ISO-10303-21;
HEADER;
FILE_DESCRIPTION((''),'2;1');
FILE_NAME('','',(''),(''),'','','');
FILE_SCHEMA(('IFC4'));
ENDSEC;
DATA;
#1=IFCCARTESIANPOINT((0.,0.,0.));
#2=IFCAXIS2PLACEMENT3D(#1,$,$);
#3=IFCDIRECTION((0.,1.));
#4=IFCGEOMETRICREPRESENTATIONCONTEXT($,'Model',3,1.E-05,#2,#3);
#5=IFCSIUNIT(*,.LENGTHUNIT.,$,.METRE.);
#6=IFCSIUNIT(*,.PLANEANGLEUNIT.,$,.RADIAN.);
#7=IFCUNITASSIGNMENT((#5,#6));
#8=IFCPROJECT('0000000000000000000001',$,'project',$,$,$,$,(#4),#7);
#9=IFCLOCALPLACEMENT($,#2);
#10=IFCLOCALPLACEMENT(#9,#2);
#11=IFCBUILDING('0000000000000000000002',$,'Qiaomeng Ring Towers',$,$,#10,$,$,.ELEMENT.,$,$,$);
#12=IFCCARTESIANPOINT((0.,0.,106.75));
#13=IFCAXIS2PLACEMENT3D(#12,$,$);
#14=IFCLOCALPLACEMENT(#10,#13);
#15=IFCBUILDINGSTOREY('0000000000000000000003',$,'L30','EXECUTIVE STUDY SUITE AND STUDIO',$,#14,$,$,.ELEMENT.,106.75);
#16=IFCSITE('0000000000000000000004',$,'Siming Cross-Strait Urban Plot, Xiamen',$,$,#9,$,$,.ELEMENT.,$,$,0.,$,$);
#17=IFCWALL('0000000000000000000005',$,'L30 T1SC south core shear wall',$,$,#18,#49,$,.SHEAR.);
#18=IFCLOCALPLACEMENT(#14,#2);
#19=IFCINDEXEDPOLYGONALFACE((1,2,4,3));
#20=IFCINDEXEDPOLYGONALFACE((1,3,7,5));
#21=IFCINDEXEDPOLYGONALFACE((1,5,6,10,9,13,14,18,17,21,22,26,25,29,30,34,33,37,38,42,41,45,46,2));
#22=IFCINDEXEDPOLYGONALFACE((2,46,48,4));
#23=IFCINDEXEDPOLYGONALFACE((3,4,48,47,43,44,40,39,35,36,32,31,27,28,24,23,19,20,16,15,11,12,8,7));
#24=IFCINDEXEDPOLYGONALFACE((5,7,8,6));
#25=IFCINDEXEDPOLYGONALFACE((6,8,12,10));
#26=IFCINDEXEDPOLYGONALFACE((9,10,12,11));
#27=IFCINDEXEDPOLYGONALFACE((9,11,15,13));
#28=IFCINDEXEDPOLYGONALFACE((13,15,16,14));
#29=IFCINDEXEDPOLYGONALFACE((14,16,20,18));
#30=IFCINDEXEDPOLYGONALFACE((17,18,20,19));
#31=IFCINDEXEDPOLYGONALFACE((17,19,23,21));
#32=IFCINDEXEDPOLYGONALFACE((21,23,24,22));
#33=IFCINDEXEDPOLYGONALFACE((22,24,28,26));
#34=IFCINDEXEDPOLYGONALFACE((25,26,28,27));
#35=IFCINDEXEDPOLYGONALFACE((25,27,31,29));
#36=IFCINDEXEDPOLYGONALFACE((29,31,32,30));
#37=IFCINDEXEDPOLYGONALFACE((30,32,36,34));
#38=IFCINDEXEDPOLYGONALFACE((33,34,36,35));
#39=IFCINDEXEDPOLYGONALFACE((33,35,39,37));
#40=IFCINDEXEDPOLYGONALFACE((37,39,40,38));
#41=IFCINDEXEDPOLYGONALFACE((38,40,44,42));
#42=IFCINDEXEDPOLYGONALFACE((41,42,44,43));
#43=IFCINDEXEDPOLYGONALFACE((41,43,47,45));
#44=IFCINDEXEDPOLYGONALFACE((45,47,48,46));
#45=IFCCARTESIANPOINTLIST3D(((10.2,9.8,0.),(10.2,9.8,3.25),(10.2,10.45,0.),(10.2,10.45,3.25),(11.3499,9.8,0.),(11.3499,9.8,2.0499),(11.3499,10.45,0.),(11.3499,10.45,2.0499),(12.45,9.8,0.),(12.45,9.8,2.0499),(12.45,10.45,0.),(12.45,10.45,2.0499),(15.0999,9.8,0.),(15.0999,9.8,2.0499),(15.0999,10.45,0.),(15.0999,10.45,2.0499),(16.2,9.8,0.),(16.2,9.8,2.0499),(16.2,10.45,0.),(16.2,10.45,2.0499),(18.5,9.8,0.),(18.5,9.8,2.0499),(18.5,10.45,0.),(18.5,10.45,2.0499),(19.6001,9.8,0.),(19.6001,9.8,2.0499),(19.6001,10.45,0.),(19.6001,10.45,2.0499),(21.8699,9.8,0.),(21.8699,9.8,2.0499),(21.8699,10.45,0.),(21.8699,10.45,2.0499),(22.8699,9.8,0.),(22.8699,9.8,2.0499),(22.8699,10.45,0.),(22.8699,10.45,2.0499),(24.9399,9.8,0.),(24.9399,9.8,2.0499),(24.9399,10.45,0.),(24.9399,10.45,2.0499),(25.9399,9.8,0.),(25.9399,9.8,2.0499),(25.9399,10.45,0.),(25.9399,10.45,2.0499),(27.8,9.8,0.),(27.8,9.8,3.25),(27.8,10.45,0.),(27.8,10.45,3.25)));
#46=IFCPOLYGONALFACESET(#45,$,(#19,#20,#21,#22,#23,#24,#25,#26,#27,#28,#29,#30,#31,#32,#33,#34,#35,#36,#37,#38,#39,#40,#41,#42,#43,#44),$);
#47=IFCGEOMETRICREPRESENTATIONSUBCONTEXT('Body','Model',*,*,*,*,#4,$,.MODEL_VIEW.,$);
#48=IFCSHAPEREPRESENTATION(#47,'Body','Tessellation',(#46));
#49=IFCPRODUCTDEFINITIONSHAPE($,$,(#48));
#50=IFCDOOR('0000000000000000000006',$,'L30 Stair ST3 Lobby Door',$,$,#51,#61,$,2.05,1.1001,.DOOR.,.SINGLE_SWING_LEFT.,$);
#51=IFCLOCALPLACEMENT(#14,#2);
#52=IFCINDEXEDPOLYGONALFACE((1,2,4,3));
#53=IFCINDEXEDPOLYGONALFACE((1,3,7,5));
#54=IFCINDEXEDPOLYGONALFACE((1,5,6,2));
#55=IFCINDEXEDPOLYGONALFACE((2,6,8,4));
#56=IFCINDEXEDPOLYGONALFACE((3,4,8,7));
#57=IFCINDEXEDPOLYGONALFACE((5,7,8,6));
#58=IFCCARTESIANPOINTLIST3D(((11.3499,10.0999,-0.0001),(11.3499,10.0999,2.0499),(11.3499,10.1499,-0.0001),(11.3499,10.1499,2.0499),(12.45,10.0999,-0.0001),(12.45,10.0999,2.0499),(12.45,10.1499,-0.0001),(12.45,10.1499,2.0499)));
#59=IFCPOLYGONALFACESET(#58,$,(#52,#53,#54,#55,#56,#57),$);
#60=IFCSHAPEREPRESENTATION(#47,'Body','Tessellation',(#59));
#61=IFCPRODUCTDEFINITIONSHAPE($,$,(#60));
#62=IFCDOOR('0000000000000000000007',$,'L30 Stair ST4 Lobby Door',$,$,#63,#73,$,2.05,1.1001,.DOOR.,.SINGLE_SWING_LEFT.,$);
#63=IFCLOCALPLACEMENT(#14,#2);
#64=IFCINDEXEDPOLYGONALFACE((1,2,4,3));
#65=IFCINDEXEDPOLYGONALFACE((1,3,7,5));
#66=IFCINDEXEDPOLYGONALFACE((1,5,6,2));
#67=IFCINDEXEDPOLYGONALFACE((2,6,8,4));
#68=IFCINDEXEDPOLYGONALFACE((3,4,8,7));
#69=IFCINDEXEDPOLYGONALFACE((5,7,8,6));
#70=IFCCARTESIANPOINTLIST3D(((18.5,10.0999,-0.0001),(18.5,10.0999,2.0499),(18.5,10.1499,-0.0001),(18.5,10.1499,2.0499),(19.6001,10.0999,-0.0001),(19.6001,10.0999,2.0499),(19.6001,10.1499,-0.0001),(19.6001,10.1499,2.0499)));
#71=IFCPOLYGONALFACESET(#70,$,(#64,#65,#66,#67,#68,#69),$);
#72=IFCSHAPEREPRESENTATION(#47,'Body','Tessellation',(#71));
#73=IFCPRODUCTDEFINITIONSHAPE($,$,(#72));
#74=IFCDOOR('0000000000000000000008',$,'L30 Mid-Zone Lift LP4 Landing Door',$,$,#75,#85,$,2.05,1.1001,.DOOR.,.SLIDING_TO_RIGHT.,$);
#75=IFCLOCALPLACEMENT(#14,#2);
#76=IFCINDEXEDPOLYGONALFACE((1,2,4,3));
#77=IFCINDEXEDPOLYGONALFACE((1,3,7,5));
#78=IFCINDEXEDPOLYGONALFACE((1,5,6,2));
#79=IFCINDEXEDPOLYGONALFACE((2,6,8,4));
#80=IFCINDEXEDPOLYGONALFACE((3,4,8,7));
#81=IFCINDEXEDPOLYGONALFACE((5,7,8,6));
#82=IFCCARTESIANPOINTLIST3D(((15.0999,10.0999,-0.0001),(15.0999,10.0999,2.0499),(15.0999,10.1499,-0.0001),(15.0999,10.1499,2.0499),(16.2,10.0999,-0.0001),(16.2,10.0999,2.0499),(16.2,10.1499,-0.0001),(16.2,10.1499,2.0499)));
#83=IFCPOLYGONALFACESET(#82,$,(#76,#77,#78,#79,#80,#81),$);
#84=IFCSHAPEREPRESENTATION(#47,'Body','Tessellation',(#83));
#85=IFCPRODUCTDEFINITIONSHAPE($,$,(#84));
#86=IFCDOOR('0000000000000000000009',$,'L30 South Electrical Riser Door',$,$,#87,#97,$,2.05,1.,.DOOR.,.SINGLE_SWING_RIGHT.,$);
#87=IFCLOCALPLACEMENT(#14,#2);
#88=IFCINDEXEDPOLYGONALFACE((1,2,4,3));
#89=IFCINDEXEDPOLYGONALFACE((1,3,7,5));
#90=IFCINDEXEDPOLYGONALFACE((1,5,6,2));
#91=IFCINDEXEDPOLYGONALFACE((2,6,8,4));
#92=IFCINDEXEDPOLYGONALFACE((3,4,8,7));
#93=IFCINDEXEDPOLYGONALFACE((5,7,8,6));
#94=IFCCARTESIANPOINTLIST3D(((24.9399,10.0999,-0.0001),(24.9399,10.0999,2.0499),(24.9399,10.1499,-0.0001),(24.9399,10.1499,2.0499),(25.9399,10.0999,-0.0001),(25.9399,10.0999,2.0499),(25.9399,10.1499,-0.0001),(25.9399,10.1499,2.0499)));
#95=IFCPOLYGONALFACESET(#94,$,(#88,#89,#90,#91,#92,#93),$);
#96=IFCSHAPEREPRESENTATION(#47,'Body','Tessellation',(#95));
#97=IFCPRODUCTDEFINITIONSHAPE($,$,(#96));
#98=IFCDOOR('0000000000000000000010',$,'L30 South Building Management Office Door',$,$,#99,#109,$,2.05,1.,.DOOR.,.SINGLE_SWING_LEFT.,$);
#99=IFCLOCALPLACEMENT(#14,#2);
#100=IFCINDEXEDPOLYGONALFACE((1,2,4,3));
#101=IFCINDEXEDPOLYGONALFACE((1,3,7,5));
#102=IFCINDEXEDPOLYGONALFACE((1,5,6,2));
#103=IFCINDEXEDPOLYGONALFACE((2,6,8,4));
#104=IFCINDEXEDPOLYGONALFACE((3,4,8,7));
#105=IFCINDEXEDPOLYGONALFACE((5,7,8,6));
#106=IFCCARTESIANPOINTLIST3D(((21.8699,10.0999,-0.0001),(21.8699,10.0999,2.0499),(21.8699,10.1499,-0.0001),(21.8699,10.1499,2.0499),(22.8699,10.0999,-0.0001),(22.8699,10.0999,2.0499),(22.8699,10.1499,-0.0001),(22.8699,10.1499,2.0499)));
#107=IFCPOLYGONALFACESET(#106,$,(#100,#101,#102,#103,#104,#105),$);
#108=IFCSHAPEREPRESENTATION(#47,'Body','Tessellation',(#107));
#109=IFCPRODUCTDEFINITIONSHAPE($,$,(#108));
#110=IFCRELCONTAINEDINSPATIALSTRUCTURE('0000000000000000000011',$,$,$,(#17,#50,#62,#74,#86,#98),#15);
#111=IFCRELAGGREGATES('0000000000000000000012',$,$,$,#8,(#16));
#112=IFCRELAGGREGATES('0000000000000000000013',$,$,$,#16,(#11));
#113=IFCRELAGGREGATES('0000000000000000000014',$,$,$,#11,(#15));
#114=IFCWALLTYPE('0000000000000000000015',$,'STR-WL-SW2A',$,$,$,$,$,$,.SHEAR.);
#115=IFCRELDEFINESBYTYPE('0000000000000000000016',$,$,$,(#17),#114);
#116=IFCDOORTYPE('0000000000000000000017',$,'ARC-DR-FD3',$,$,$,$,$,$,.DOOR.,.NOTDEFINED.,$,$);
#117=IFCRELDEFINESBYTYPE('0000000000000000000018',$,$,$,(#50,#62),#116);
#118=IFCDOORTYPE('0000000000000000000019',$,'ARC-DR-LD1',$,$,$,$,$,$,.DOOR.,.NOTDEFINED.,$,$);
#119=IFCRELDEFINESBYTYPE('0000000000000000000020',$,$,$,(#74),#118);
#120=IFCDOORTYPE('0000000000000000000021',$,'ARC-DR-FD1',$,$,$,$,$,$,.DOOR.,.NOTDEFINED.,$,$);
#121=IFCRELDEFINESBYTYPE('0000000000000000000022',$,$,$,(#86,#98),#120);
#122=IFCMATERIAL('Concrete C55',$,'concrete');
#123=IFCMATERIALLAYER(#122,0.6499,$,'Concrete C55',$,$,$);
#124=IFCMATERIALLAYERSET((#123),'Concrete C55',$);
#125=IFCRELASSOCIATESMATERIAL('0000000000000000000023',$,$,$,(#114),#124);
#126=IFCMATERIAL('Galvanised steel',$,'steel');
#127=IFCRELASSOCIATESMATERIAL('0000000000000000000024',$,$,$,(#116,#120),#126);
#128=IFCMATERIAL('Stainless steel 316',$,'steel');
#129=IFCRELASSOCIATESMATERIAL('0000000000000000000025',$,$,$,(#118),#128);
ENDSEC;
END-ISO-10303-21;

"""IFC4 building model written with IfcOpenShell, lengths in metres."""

from ifc_helpers import new_model, si_unit, direction, frame, frame_2d, origin, place, context, subcontext, project, spatial, rectangle, extrude, source, transform, mapped, material, layer, layer_set, type_object, element, fill, save


model = new_model("IFC4")

# Units and contexts
model_context = context("Model", 3, precision=1e-05, world=origin(), true_north=direction((0.0, 1.0)))
body_context = subcontext(model_context, "Body", "Model", "MODEL_VIEW")
ifc_project = project(units=[si_unit("LENGTHUNIT", "METRE"), si_unit("PLANEANGLEUNIT", "RADIAN")], contexts=[model_context])

# Site, building, storey
site_placement = place(None, origin())
site = spatial("IfcSite", under=ifc_project, at=site_placement, Name="Siming Cross-Strait Urban Plot, Xiamen", CompositionType="ELEMENT", RefElevation=0.0)
building_placement = place(site_placement, origin())
building = spatial("IfcBuilding", under=site, at=building_placement, Name="Qiaomeng Ring Towers", CompositionType="ELEMENT")
storey_placement = place(building_placement, frame((0.0, 0.0, 106.75)))
storey = spatial("IfcBuildingStorey", under=building, at=storey_placement, Name="L30", Description="EXECUTIVE STUDY SUITE AND STUDIO", CompositionType="ELEMENT", Elevation=106.75)

# Shared definitions
shared_shape_1 = source(origin(), body_context, "Body", "SweptSolid", [
    extrude(rectangle(XDim=1.0, YDim=2.05, at=frame_2d((0.5, 1.0249))), frame((0.0, 0.0249, 0.0), z_axis=(0.0, -1.0, 0.0), x_axis=(1.0, 0.0, 0.0)), (0.0, 0.0, 1.0), 0.05),
])

# Wall, openings, doors
ifc_material_1 = material(Name="Concrete C55", Category="concrete")
ifc_layer_1 = layer(ifc_material_1, 0.6499, Name="Concrete C55")
ifc_layer_set_1 = layer_set([ifc_layer_1], Name="Concrete C55")
wall_type_1 = type_object("IfcWallType", Name="STR-WL-SW2A", PredefinedType="SHEAR", material=ifc_layer_set_1)
wall_1_placement = place(storey_placement, frame((10.2, 10.125, 0.0), z_axis=(0.0, 0.0, 1.0), x_axis=(1.0, 0.0, 0.0)))
wall_1 = element("IfcWall", 1, at=wall_1_placement, inside=storey, type_object=wall_type_1, Name="L30 T1SC south core shear wall", PredefinedType="SHEAR", context=body_context, shape_type="SweptSolid", body=[
    extrude(rectangle(XDim=17.6001, YDim=0.6499, at=frame_2d((8.8, 0.0))), origin(), (0.0, 0.0, 1.0), 3.25),
])
opening_1_placement = place(wall_1_placement, frame((1.1499, 0.0, 0.0)))
opening_1 = element("IfcOpeningElement", 2, at=opening_1_placement, cuts=wall_1, PredefinedType="OPENING", context=body_context, shape_type="SweptSolid", body=[
    extrude(rectangle(XDim=1.1001, YDim=2.05, at=frame_2d((0.55, 1.0249))), frame((0.0, 0.335, 0.0), z_axis=(0.0, -1.0, 0.0), x_axis=(1.0, 0.0, 0.0)), (0.0, 0.0, 1.0), 0.6699),
])
opening_2_placement = place(wall_1_placement, frame((8.3, 0.0, 0.0)))
opening_2 = element("IfcOpeningElement", 3, at=opening_2_placement, cuts=wall_1, PredefinedType="OPENING", context=body_context, shape_type="SweptSolid", body=[
    extrude(rectangle(XDim=1.1001, YDim=2.05, at=frame_2d((0.55, 1.0249))), frame((0.0, 0.335, 0.0), z_axis=(0.0, -1.0, 0.0), x_axis=(1.0, 0.0, 0.0)), (0.0, 0.0, 1.0), 0.6699),
])
opening_3_placement = place(wall_1_placement, frame((4.8999, 0.0, 0.0)))
opening_3 = element("IfcOpeningElement", 4, at=opening_3_placement, cuts=wall_1, PredefinedType="OPENING", context=body_context, shape_type="SweptSolid", body=[
    extrude(rectangle(XDim=1.1001, YDim=2.05, at=frame_2d((0.55, 1.0249))), frame((0.0, 0.335, 0.0), z_axis=(0.0, -1.0, 0.0), x_axis=(1.0, 0.0, 0.0)), (0.0, 0.0, 1.0), 0.6699),
])
opening_4_placement = place(wall_1_placement, frame((14.74, 0.0, 0.0)))
opening_4 = element("IfcOpeningElement", 5, at=opening_4_placement, cuts=wall_1, PredefinedType="OPENING", context=body_context, shape_type="SweptSolid", body=[
    extrude(rectangle(XDim=1.0, YDim=2.05, at=frame_2d((0.5, 1.0249))), frame((0.0, 0.335, 0.0), z_axis=(0.0, -1.0, 0.0), x_axis=(1.0, 0.0, 0.0)), (0.0, 0.0, 1.0), 0.6699),
])
opening_5_placement = place(wall_1_placement, frame((11.6699, 0.0, 0.0)))
opening_5 = element("IfcOpeningElement", 6, at=opening_5_placement, cuts=wall_1, PredefinedType="OPENING", context=body_context, shape_type="SweptSolid", body=[
    extrude(rectangle(XDim=1.0, YDim=2.05, at=frame_2d((0.5, 1.0249))), frame((0.0, 0.335, 0.0), z_axis=(0.0, -1.0, 0.0), x_axis=(1.0, 0.0, 0.0)), (0.0, 0.0, 1.0), 0.6699),
])
ifc_material_2 = material(Name="Galvanised steel", Category="steel")
door_type_1 = type_object("IfcDoorType", Name="ARC-DR-FD3", OperationType="NOTDEFINED", PredefinedType="DOOR", material=ifc_material_2)
shared_shape_2 = source(origin(), body_context, "Body", "SweptSolid", [
    extrude(rectangle(XDim=1.1001, YDim=2.05, at=frame_2d((0.55, 1.0249))), frame((0.0, 0.0249, 0.0), z_axis=(0.0, -1.0, 0.0), x_axis=(1.0, 0.0, 0.0)), (0.0, 0.0, 1.0), 0.05),
])
door_1_placement = place(opening_1_placement, origin())
door_1 = element("IfcDoor", 7, at=door_1_placement, inside=storey, type_object=door_type_1, Name="L30 Stair ST3 Lobby Door", OperationType="SINGLE_SWING_LEFT", OverallHeight=2.05, OverallWidth=1.1001, PredefinedType="DOOR", context=body_context, shape_type="MappedRepresentation", body=[
    mapped(shared_shape_2, transform((0.0, 0.0, 0.0), x_axis=(1.0, 0.0, 0.0), y_axis=(0.0, 1.0, 0.0), z_axis=(0.0, 0.0, 1.0), scale=1.0)),
])
fill(opening_1, door_1)
door_2_placement = place(opening_2_placement, origin())
door_2 = element("IfcDoor", 8, at=door_2_placement, inside=storey, type_object=door_type_1, Name="L30 Stair ST4 Lobby Door", OperationType="SINGLE_SWING_LEFT", OverallHeight=2.05, OverallWidth=1.1001, PredefinedType="DOOR", context=body_context, shape_type="MappedRepresentation", body=[
    mapped(shared_shape_2, transform((0.0, 0.0, 0.0), x_axis=(1.0, 0.0, 0.0), y_axis=(0.0, 1.0, 0.0), z_axis=(0.0, 0.0, 1.0), scale=1.0)),
])
fill(opening_2, door_2)
ifc_material_3 = material(Name="Stainless steel 316", Category="steel")
door_type_2 = type_object("IfcDoorType", Name="ARC-DR-LD1", OperationType="NOTDEFINED", PredefinedType="DOOR", material=ifc_material_3)
door_3_placement = place(opening_3_placement, origin())
door_3 = element("IfcDoor", 9, at=door_3_placement, inside=storey, type_object=door_type_2, Name="L30 Mid-Zone Lift LP4 Landing Door", OperationType="SLIDING_TO_RIGHT", OverallHeight=2.05, OverallWidth=1.1001, PredefinedType="DOOR", context=body_context, shape_type="MappedRepresentation", body=[
    mapped(shared_shape_2, transform((0.0, 0.0, 0.0), x_axis=(1.0, 0.0, 0.0), y_axis=(0.0, 1.0, 0.0), z_axis=(0.0, 0.0, 1.0), scale=1.0)),
])
fill(opening_3, door_3)
door_type_3 = type_object("IfcDoorType", Name="ARC-DR-FD1", OperationType="NOTDEFINED", PredefinedType="DOOR", material=ifc_material_2)
door_4_placement = place(opening_4_placement, origin())
door_4 = element("IfcDoor", 10, at=door_4_placement, inside=storey, type_object=door_type_3, Name="L30 South Electrical Riser Door", OperationType="SINGLE_SWING_RIGHT", OverallHeight=2.05, OverallWidth=1.0, PredefinedType="DOOR", context=body_context, shape_type="MappedRepresentation", body=[
    mapped(shared_shape_1, transform((0.0, 0.0, 0.0), x_axis=(1.0, 0.0, 0.0), y_axis=(0.0, 1.0, 0.0), z_axis=(0.0, 0.0, 1.0), scale=1.0)),
])
fill(opening_4, door_4)
door_5_placement = place(opening_5_placement, origin())
door_5 = element("IfcDoor", 11, at=door_5_placement, inside=storey, type_object=door_type_3, Name="L30 South Building Management Office Door", OperationType="SINGLE_SWING_LEFT", OverallHeight=2.05, OverallWidth=1.0, PredefinedType="DOOR", context=body_context, shape_type="MappedRepresentation", body=[
    mapped(shared_shape_1, transform((0.0, 0.0, 0.0), x_axis=(1.0, 0.0, 0.0), y_axis=(0.0, 1.0, 0.0), z_axis=(0.0, 0.0, 1.0), scale=1.0)),
])
fill(opening_5, door_5)

save(model, "model.ifc")
